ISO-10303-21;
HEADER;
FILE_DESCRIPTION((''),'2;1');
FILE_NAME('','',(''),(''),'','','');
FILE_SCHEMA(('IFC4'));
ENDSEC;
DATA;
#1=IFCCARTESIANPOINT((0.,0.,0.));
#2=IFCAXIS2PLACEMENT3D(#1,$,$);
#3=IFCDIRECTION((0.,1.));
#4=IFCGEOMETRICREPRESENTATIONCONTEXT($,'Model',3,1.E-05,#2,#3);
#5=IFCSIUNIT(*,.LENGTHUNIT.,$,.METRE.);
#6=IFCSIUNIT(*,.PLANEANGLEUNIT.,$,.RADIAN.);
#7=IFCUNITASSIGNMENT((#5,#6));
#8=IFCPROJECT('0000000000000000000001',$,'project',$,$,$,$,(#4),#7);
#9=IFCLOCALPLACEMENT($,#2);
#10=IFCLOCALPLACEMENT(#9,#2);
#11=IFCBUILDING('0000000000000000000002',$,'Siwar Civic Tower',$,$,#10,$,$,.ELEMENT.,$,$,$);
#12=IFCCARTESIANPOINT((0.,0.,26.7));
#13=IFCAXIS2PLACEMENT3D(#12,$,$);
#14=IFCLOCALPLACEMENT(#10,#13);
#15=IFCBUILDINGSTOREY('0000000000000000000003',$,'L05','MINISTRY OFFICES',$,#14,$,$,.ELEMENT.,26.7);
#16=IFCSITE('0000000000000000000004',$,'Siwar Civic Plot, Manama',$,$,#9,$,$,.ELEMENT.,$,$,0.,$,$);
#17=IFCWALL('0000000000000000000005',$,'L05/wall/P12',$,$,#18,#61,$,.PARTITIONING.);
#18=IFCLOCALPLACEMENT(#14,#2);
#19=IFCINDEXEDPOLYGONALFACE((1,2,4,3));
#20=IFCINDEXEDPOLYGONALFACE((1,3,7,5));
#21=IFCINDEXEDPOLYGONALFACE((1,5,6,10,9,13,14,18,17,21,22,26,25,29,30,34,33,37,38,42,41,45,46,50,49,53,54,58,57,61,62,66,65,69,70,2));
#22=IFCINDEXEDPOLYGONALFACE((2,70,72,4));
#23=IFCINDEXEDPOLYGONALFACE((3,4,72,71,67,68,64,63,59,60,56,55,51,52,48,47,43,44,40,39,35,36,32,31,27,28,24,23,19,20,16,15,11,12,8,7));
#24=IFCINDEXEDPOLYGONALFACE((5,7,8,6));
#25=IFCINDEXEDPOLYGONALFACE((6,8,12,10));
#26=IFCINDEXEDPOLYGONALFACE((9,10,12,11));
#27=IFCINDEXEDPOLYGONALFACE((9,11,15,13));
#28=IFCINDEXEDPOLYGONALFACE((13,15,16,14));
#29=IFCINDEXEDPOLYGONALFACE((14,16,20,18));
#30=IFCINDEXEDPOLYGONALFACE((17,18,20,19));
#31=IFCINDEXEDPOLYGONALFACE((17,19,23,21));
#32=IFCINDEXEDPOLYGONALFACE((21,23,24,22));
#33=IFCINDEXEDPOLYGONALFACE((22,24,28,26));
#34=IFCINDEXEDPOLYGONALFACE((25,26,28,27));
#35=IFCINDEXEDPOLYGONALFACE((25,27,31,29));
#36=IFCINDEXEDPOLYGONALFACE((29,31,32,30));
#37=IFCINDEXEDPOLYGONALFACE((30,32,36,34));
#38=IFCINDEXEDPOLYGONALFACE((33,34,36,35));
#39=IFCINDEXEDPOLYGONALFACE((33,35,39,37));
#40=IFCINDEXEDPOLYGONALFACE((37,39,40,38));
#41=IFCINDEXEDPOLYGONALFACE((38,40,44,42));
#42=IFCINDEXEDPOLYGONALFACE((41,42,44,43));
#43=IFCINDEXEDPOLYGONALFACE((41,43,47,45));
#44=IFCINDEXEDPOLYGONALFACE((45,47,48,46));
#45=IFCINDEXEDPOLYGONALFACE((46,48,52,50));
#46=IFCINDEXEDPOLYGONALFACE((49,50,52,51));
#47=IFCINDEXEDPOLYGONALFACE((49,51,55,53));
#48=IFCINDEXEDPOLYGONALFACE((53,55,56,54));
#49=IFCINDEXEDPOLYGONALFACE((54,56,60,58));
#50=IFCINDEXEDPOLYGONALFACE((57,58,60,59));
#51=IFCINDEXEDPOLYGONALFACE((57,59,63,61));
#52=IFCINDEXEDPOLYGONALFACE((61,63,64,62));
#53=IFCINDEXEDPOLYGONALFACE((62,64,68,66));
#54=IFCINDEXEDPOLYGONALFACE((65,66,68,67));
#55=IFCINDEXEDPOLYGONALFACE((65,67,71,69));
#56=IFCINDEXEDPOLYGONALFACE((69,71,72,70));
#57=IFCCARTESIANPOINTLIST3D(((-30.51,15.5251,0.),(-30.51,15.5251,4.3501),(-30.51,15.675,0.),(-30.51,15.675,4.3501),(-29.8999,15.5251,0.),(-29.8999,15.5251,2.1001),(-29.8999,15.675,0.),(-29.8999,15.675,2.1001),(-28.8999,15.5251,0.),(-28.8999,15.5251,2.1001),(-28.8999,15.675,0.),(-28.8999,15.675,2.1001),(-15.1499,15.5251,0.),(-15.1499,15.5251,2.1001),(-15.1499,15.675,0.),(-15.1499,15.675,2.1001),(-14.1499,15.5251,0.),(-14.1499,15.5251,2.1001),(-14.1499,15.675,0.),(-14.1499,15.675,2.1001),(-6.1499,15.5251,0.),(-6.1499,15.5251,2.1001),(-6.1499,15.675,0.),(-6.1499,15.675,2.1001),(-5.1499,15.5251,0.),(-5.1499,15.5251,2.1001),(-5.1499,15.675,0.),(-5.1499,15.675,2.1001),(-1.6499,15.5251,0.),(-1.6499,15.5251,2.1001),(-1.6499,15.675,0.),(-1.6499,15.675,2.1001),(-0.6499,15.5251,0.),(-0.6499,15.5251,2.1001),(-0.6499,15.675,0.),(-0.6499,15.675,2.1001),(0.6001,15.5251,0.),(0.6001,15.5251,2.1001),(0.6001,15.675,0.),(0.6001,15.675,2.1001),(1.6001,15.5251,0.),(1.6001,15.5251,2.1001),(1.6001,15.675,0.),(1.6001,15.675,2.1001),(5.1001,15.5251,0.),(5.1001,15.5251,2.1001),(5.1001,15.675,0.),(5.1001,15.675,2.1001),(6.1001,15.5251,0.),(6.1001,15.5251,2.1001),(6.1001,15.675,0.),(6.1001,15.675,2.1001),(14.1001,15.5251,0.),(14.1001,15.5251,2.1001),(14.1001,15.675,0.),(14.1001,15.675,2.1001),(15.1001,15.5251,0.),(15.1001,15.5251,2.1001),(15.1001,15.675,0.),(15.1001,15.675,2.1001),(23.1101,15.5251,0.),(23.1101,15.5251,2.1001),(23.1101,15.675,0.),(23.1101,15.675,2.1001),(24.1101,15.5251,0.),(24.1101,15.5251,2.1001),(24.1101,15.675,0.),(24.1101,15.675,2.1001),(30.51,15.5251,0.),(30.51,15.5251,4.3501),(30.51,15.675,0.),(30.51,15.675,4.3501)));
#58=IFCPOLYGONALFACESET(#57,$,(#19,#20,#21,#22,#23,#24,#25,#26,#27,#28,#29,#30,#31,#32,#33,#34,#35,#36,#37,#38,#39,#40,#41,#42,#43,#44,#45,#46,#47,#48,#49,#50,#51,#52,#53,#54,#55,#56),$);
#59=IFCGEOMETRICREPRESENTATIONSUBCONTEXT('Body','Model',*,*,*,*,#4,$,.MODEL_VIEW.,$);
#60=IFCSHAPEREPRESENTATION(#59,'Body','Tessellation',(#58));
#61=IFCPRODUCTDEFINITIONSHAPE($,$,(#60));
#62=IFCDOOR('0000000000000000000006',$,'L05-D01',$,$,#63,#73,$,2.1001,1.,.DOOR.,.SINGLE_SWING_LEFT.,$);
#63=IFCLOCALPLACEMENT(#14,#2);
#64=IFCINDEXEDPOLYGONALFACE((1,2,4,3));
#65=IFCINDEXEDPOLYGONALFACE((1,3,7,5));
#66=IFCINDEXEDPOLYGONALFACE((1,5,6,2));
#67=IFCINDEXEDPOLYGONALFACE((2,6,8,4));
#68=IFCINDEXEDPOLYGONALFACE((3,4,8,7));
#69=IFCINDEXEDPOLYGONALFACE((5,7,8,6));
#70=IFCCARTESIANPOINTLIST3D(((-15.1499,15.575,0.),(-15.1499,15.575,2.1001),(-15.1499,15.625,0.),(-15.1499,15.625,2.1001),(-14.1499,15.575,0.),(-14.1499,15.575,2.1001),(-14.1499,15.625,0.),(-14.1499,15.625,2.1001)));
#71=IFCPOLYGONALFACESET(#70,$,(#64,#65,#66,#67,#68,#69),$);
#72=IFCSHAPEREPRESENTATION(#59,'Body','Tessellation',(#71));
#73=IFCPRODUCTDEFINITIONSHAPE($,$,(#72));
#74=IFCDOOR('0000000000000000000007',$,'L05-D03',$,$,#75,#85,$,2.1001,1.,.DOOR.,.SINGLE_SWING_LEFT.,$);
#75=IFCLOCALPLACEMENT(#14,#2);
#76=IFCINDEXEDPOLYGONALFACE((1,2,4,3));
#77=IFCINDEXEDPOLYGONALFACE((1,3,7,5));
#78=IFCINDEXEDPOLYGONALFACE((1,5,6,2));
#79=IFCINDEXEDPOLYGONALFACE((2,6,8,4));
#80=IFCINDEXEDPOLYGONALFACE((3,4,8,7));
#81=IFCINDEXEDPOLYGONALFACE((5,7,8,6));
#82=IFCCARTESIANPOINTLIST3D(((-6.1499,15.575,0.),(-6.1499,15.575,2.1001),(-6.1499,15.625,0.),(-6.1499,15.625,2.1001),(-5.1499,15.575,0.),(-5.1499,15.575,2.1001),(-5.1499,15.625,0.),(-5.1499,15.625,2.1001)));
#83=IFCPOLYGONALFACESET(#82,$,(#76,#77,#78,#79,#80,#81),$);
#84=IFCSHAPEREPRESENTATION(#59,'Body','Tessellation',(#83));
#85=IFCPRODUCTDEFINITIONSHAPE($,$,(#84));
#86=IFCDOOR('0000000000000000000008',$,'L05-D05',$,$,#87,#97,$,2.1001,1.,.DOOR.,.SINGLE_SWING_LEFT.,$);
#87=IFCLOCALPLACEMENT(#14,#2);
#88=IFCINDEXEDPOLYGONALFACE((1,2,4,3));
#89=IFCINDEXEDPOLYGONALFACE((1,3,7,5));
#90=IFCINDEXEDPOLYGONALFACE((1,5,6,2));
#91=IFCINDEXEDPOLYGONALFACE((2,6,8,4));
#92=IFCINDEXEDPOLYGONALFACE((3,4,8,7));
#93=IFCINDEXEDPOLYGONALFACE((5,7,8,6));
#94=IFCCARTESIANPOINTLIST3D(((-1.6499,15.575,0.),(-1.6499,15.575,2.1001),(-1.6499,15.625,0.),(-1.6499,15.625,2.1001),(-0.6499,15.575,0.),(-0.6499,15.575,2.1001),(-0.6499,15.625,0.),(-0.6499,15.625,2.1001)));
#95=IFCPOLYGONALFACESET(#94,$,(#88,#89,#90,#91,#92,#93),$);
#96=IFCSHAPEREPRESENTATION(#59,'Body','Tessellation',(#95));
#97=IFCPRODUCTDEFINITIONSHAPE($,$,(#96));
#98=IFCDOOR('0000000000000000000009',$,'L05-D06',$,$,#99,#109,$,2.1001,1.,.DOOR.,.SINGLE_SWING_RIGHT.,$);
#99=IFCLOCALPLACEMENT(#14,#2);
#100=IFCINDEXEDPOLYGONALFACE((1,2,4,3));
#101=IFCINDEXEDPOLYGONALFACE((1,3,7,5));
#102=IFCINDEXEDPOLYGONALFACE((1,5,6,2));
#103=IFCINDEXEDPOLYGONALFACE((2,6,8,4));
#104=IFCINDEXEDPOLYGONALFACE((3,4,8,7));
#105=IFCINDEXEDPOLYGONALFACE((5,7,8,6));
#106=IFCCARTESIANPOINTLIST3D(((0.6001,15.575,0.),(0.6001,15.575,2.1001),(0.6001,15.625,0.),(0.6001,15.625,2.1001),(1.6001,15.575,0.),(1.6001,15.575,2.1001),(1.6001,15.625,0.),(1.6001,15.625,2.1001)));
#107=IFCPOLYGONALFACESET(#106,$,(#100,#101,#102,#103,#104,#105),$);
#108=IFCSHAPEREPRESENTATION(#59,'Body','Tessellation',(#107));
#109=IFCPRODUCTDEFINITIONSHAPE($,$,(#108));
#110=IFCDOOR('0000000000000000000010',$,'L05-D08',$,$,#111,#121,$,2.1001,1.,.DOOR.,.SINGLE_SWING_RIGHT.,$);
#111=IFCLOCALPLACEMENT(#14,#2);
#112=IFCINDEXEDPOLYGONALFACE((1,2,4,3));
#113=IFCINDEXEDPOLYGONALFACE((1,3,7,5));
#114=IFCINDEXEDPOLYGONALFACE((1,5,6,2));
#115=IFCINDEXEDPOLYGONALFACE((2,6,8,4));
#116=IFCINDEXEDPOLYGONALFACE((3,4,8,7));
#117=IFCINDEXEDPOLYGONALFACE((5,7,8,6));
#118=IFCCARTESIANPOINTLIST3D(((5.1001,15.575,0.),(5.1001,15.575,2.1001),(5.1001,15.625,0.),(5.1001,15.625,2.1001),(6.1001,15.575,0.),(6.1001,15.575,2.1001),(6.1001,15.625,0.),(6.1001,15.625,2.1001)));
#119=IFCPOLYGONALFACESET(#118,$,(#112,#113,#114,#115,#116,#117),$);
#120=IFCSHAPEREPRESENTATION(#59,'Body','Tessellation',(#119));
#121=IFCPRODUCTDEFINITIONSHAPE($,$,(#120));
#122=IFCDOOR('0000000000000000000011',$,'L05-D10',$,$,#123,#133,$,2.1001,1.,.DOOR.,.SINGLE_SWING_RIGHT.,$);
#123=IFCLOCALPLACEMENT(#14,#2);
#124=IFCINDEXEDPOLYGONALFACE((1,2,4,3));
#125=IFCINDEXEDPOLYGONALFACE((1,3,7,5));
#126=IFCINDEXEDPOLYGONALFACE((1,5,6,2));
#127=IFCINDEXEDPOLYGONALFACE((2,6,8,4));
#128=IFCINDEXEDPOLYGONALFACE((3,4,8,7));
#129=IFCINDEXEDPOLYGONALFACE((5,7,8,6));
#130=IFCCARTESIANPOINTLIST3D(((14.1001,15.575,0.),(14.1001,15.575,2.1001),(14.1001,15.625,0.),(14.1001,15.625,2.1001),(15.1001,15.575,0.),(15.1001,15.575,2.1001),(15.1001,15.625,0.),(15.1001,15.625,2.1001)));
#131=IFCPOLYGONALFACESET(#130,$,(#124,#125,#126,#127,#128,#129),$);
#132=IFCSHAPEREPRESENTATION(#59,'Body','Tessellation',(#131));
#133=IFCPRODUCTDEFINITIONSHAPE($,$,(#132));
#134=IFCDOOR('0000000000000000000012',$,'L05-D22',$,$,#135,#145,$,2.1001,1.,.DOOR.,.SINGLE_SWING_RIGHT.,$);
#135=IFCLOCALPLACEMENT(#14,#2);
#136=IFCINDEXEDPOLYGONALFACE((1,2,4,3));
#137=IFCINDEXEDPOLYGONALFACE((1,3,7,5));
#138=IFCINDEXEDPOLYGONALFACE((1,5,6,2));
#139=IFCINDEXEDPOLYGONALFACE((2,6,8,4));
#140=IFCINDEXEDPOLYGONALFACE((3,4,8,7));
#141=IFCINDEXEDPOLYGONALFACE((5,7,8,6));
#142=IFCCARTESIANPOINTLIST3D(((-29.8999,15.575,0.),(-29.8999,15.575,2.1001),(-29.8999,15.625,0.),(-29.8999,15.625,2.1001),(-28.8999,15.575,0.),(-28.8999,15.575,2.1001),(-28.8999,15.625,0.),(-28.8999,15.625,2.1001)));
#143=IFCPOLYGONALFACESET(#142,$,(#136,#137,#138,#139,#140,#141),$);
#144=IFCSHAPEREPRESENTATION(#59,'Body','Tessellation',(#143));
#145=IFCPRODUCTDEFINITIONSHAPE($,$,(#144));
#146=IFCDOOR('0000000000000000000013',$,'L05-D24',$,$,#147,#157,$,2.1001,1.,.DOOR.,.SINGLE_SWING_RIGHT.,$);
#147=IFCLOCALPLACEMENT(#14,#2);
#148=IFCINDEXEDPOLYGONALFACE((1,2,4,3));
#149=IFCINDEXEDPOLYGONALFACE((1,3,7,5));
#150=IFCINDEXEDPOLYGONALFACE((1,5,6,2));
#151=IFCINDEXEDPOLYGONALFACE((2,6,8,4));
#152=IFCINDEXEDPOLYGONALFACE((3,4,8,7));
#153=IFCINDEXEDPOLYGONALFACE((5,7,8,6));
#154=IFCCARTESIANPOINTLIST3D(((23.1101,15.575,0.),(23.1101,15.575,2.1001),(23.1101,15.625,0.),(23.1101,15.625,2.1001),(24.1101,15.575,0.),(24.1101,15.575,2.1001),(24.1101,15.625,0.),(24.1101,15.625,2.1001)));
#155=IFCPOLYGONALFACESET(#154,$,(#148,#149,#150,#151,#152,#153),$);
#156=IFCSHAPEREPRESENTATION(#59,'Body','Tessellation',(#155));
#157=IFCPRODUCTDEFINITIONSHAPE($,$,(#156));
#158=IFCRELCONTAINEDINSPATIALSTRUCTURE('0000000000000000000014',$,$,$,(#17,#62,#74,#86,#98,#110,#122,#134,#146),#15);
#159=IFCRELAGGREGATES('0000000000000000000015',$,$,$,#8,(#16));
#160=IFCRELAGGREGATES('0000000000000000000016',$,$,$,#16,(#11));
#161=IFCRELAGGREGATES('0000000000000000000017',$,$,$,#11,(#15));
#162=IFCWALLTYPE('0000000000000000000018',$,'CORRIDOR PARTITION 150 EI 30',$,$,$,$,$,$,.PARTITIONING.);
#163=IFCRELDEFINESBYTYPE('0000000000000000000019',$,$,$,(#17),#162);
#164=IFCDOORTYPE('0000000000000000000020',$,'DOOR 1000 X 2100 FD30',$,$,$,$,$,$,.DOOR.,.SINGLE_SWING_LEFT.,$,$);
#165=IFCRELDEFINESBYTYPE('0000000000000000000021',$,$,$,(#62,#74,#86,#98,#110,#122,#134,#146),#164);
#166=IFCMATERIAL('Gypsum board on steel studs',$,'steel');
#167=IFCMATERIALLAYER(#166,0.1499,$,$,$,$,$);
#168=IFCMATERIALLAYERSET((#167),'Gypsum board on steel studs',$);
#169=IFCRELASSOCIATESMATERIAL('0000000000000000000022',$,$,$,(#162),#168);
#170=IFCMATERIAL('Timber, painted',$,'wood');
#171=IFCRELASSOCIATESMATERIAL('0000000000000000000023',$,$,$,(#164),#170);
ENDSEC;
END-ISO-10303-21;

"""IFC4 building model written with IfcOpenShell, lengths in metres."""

from ifc_helpers import new_model, si_unit, direction, frame, frame_2d, origin, place, context, subcontext, project, spatial, rectangle, extrude, material, layer, layer_set, type_object, element, fill, save


model = new_model("IFC4")

# Units and contexts
model_context = context("Model", 3, precision=1e-05, world=origin(), true_north=direction((0.0, 1.0)))
body_context = subcontext(model_context, "Body", "Model", "MODEL_VIEW")
ifc_project = project(units=[si_unit("LENGTHUNIT", "METRE"), si_unit("PLANEANGLEUNIT", "RADIAN")], contexts=[model_context])

# Site, building, storey
site_placement = place(None, origin())
site = spatial("IfcSite", under=ifc_project, at=site_placement, Name="Siwar Civic Plot, Manama", CompositionType="ELEMENT", RefElevation=0.0)
building_placement = place(site_placement, origin())
building = spatial("IfcBuilding", under=site, at=building_placement, Name="Siwar Civic Tower", CompositionType="ELEMENT")
storey_placement = place(building_placement, frame((0.0, 0.0, 26.7)))
storey = spatial("IfcBuildingStorey", under=building, at=storey_placement, Name="L05", Description="MINISTRY OFFICES", CompositionType="ELEMENT", Elevation=26.7)

# Shared definitions
ifc_material_1 = material(Name="Gypsum board on steel studs", Category="steel")
ifc_layer_1 = layer(ifc_material_1, 0.1499)
ifc_layer_set_1 = layer_set([ifc_layer_1], Name="Gypsum board on steel studs")
wall_type_1 = type_object("IfcWallType", Name="CORRIDOR PARTITION 150 EI 30", PredefinedType="PARTITIONING", material=ifc_layer_set_1)
ifc_material_2 = material(Name="Timber, painted", Category="wood")
door_type_1 = type_object("IfcDoorType", Name="DOOR 1000 X 2100 FD30", OperationType="SINGLE_SWING_LEFT", PredefinedType="DOOR", material=ifc_material_2)

# Wall, openings, doors
wall_1_placement = place(storey_placement, frame((-30.51, 15.6001, 0.0), z_axis=(0.0, 0.0, 1.0), x_axis=(1.0, 0.0, 0.0)))
wall_1 = element("IfcWall", 1, at=wall_1_placement, inside=storey, type_object=wall_type_1, Name="L05/wall/P12", PredefinedType="PARTITIONING", context=body_context, shape_type="SweptSolid", body=[
    extrude(rectangle(XDim=61.02, YDim=0.1499, at=frame_2d((30.51, 0.0))), origin(), (0.0, 0.0, 1.0), 4.3501),
])
opening_1_placement = place(wall_1_placement, frame((15.3601, 0.0, 0.0)))
opening_1 = element("IfcOpeningElement", 2, at=opening_1_placement, cuts=wall_1, PredefinedType="OPENING", context=body_context, shape_type="SweptSolid", body=[
    extrude(rectangle(XDim=1.0, YDim=2.1001, at=frame_2d((0.5, 1.05))), frame((0.0, 0.085, 0.0), z_axis=(0.0, -1.0, 0.0), x_axis=(1.0, 0.0, 0.0)), (0.0, 0.0, 1.0), 0.1699),
])
opening_2_placement = place(wall_1_placement, frame((24.3601, 0.0, 0.0)))
opening_2 = element("IfcOpeningElement", 3, at=opening_2_placement, cuts=wall_1, PredefinedType="OPENING", context=body_context, shape_type="SweptSolid", body=[
    extrude(rectangle(XDim=1.0, YDim=2.1001, at=frame_2d((0.5, 1.05))), frame((0.0, 0.085, 0.0), z_axis=(0.0, -1.0, 0.0), x_axis=(1.0, 0.0, 0.0)), (0.0, 0.0, 1.0), 0.1699),
])
opening_3_placement = place(wall_1_placement, frame((28.8601, 0.0, 0.0)))
opening_3 = element("IfcOpeningElement", 4, at=opening_3_placement, cuts=wall_1, PredefinedType="OPENING", context=body_context, shape_type="SweptSolid", body=[
    extrude(rectangle(XDim=1.0, YDim=2.1001, at=frame_2d((0.5, 1.05))), frame((0.0, 0.085, 0.0), z_axis=(0.0, -1.0, 0.0), x_axis=(1.0, 0.0, 0.0)), (0.0, 0.0, 1.0), 0.1699),
])
opening_4_placement = place(wall_1_placement, frame((31.1101, 0.0, 0.0)))
opening_4 = element("IfcOpeningElement", 5, at=opening_4_placement, cuts=wall_1, PredefinedType="OPENING", context=body_context, shape_type="SweptSolid", body=[
    extrude(rectangle(XDim=1.0, YDim=2.1001, at=frame_2d((0.5, 1.05))), frame((0.0, 0.085, 0.0), z_axis=(0.0, -1.0, 0.0), x_axis=(1.0, 0.0, 0.0)), (0.0, 0.0, 1.0), 0.1699),
])
opening_5_placement = place(wall_1_placement, frame((35.6101, 0.0, 0.0)))
opening_5 = element("IfcOpeningElement", 6, at=opening_5_placement, cuts=wall_1, PredefinedType="OPENING", context=body_context, shape_type="SweptSolid", body=[
    extrude(rectangle(XDim=1.0, YDim=2.1001, at=frame_2d((0.5, 1.05))), frame((0.0, 0.085, 0.0), z_axis=(0.0, -1.0, 0.0), x_axis=(1.0, 0.0, 0.0)), (0.0, 0.0, 1.0), 0.1699),
])
opening_6_placement = place(wall_1_placement, frame((44.6101, 0.0, 0.0)))
opening_6 = element("IfcOpeningElement", 7, at=opening_6_placement, cuts=wall_1, PredefinedType="OPENING", context=body_context, shape_type="SweptSolid", body=[
    extrude(rectangle(XDim=1.0, YDim=2.1001, at=frame_2d((0.5, 1.05))), frame((0.0, 0.085, 0.0), z_axis=(0.0, -1.0, 0.0), x_axis=(1.0, 0.0, 0.0)), (0.0, 0.0, 1.0), 0.1699),
])
opening_7_placement = place(wall_1_placement, frame((0.6101, 0.0, 0.0)))
opening_7 = element("IfcOpeningElement", 8, at=opening_7_placement, cuts=wall_1, PredefinedType="OPENING", context=body_context, shape_type="SweptSolid", body=[
    extrude(rectangle(XDim=1.0, YDim=2.1001, at=frame_2d((0.5, 1.05))), frame((0.0, 0.085, 0.0), z_axis=(0.0, -1.0, 0.0), x_axis=(1.0, 0.0, 0.0)), (0.0, 0.0, 1.0), 0.1699),
])
opening_8_placement = place(wall_1_placement, frame((53.6201, 0.0, 0.0)))
opening_8 = element("IfcOpeningElement", 9, at=opening_8_placement, cuts=wall_1, PredefinedType="OPENING", context=body_context, shape_type="SweptSolid", body=[
    extrude(rectangle(XDim=1.0, YDim=2.1001, at=frame_2d((0.5, 1.05))), frame((0.0, 0.085, 0.0), z_axis=(0.0, -1.0, 0.0), x_axis=(1.0, 0.0, 0.0)), (0.0, 0.0, 1.0), 0.1699),
])
door_1_placement = place(opening_1_placement, origin())
door_1 = element("IfcDoor", 10, at=door_1_placement, inside=storey, type_object=door_type_1, Name="L05-D01", OperationType="SINGLE_SWING_LEFT", OverallHeight=2.1001, OverallWidth=1.0, PredefinedType="DOOR", context=body_context, shape_type="SweptSolid", body=[
    extrude(rectangle(XDim=1.0, YDim=2.1001, at=frame_2d((0.5, 1.05))), frame((0.0, 0.0249, 0.0), z_axis=(0.0, -1.0, 0.0), x_axis=(1.0, 0.0, 0.0)), (0.0, 0.0, 1.0), 0.05),
])
fill(opening_1, door_1)
door_2_placement = place(opening_2_placement, origin())
door_2 = element("IfcDoor", 11, at=door_2_placement, inside=storey, type_object=door_type_1, Name="L05-D03", OperationType="SINGLE_SWING_LEFT", OverallHeight=2.1001, OverallWidth=1.0, PredefinedType="DOOR", context=body_context, shape_type="SweptSolid", body=[
    extrude(rectangle(XDim=1.0, YDim=2.1001, at=frame_2d((0.5, 1.05))), frame((0.0, 0.0249, 0.0), z_axis=(0.0, -1.0, 0.0), x_axis=(1.0, 0.0, 0.0)), (0.0, 0.0, 1.0), 0.05),
])
fill(opening_2, door_2)
door_3_placement = place(opening_3_placement, origin())
door_3 = element("IfcDoor", 12, at=door_3_placement, inside=storey, type_object=door_type_1, Name="L05-D05", OperationType="SINGLE_SWING_LEFT", OverallHeight=2.1001, OverallWidth=1.0, PredefinedType="DOOR", context=body_context, shape_type="SweptSolid", body=[
    extrude(rectangle(XDim=1.0, YDim=2.1001, at=frame_2d((0.5, 1.05))), frame((0.0, 0.0249, 0.0), z_axis=(0.0, -1.0, 0.0), x_axis=(1.0, 0.0, 0.0)), (0.0, 0.0, 1.0), 0.05),
])
fill(opening_3, door_3)
door_4_placement = place(opening_4_placement, origin())
door_4 = element("IfcDoor", 13, at=door_4_placement, inside=storey, type_object=door_type_1, Name="L05-D06", OperationType="SINGLE_SWING_RIGHT", OverallHeight=2.1001, OverallWidth=1.0, PredefinedType="DOOR", context=body_context, shape_type="SweptSolid", body=[
    extrude(rectangle(XDim=1.0, YDim=2.1001, at=frame_2d((0.5, 1.05))), frame((0.0, 0.0249, 0.0), z_axis=(0.0, -1.0, 0.0), x_axis=(1.0, 0.0, 0.0)), (0.0, 0.0, 1.0), 0.05),
])
fill(opening_4, door_4)
door_5_placement = place(opening_5_placement, origin())
door_5 = element("IfcDoor", 14, at=door_5_placement, inside=storey, type_object=door_type_1, Name="L05-D08", OperationType="SINGLE_SWING_RIGHT", OverallHeight=2.1001, OverallWidth=1.0, PredefinedType="DOOR", context=body_context, shape_type="SweptSolid", body=[
    extrude(rectangle(XDim=1.0, YDim=2.1001, at=frame_2d((0.5, 1.05))), frame((0.0, 0.0249, 0.0), z_axis=(0.0, -1.0, 0.0), x_axis=(1.0, 0.0, 0.0)), (0.0, 0.0, 1.0), 0.05),
])
fill(opening_5, door_5)
door_6_placement = place(opening_6_placement, origin())
door_6 = element("IfcDoor", 15, at=door_6_placement, inside=storey, type_object=door_type_1, Name="L05-D10", OperationType="SINGLE_SWING_RIGHT", OverallHeight=2.1001, OverallWidth=1.0, PredefinedType="DOOR", context=body_context, shape_type="SweptSolid", body=[
    extrude(rectangle(XDim=1.0, YDim=2.1001, at=frame_2d((0.5, 1.05))), frame((0.0, 0.0249, 0.0), z_axis=(0.0, -1.0, 0.0), x_axis=(1.0, 0.0, 0.0)), (0.0, 0.0, 1.0), 0.05),
])
fill(opening_6, door_6)
door_7_placement = place(opening_7_placement, origin())
door_7 = element("IfcDoor", 16, at=door_7_placement, inside=storey, type_object=door_type_1, Name="L05-D22", OperationType="SINGLE_SWING_RIGHT", OverallHeight=2.1001, OverallWidth=1.0, PredefinedType="DOOR", context=body_context, shape_type="SweptSolid", body=[
    extrude(rectangle(XDim=1.0, YDim=2.1001, at=frame_2d((0.5, 1.05))), frame((0.0, 0.0249, 0.0), z_axis=(0.0, -1.0, 0.0), x_axis=(1.0, 0.0, 0.0)), (0.0, 0.0, 1.0), 0.05),
])
fill(opening_7, door_7)
door_8_placement = place(opening_8_placement, origin())
door_8 = element("IfcDoor", 17, at=door_8_placement, inside=storey, type_object=door_type_1, Name="L05-D24", OperationType="SINGLE_SWING_RIGHT", OverallHeight=2.1001, OverallWidth=1.0, PredefinedType="DOOR", context=body_context, shape_type="SweptSolid", body=[
    extrude(rectangle(XDim=1.0, YDim=2.1001, at=frame_2d((0.5, 1.05))), frame((0.0, 0.0249, 0.0), z_axis=(0.0, -1.0, 0.0), x_axis=(1.0, 0.0, 0.0)), (0.0, 0.0, 1.0), 0.05),
])
fill(opening_8, door_8)

save(model, "model.ifc")
